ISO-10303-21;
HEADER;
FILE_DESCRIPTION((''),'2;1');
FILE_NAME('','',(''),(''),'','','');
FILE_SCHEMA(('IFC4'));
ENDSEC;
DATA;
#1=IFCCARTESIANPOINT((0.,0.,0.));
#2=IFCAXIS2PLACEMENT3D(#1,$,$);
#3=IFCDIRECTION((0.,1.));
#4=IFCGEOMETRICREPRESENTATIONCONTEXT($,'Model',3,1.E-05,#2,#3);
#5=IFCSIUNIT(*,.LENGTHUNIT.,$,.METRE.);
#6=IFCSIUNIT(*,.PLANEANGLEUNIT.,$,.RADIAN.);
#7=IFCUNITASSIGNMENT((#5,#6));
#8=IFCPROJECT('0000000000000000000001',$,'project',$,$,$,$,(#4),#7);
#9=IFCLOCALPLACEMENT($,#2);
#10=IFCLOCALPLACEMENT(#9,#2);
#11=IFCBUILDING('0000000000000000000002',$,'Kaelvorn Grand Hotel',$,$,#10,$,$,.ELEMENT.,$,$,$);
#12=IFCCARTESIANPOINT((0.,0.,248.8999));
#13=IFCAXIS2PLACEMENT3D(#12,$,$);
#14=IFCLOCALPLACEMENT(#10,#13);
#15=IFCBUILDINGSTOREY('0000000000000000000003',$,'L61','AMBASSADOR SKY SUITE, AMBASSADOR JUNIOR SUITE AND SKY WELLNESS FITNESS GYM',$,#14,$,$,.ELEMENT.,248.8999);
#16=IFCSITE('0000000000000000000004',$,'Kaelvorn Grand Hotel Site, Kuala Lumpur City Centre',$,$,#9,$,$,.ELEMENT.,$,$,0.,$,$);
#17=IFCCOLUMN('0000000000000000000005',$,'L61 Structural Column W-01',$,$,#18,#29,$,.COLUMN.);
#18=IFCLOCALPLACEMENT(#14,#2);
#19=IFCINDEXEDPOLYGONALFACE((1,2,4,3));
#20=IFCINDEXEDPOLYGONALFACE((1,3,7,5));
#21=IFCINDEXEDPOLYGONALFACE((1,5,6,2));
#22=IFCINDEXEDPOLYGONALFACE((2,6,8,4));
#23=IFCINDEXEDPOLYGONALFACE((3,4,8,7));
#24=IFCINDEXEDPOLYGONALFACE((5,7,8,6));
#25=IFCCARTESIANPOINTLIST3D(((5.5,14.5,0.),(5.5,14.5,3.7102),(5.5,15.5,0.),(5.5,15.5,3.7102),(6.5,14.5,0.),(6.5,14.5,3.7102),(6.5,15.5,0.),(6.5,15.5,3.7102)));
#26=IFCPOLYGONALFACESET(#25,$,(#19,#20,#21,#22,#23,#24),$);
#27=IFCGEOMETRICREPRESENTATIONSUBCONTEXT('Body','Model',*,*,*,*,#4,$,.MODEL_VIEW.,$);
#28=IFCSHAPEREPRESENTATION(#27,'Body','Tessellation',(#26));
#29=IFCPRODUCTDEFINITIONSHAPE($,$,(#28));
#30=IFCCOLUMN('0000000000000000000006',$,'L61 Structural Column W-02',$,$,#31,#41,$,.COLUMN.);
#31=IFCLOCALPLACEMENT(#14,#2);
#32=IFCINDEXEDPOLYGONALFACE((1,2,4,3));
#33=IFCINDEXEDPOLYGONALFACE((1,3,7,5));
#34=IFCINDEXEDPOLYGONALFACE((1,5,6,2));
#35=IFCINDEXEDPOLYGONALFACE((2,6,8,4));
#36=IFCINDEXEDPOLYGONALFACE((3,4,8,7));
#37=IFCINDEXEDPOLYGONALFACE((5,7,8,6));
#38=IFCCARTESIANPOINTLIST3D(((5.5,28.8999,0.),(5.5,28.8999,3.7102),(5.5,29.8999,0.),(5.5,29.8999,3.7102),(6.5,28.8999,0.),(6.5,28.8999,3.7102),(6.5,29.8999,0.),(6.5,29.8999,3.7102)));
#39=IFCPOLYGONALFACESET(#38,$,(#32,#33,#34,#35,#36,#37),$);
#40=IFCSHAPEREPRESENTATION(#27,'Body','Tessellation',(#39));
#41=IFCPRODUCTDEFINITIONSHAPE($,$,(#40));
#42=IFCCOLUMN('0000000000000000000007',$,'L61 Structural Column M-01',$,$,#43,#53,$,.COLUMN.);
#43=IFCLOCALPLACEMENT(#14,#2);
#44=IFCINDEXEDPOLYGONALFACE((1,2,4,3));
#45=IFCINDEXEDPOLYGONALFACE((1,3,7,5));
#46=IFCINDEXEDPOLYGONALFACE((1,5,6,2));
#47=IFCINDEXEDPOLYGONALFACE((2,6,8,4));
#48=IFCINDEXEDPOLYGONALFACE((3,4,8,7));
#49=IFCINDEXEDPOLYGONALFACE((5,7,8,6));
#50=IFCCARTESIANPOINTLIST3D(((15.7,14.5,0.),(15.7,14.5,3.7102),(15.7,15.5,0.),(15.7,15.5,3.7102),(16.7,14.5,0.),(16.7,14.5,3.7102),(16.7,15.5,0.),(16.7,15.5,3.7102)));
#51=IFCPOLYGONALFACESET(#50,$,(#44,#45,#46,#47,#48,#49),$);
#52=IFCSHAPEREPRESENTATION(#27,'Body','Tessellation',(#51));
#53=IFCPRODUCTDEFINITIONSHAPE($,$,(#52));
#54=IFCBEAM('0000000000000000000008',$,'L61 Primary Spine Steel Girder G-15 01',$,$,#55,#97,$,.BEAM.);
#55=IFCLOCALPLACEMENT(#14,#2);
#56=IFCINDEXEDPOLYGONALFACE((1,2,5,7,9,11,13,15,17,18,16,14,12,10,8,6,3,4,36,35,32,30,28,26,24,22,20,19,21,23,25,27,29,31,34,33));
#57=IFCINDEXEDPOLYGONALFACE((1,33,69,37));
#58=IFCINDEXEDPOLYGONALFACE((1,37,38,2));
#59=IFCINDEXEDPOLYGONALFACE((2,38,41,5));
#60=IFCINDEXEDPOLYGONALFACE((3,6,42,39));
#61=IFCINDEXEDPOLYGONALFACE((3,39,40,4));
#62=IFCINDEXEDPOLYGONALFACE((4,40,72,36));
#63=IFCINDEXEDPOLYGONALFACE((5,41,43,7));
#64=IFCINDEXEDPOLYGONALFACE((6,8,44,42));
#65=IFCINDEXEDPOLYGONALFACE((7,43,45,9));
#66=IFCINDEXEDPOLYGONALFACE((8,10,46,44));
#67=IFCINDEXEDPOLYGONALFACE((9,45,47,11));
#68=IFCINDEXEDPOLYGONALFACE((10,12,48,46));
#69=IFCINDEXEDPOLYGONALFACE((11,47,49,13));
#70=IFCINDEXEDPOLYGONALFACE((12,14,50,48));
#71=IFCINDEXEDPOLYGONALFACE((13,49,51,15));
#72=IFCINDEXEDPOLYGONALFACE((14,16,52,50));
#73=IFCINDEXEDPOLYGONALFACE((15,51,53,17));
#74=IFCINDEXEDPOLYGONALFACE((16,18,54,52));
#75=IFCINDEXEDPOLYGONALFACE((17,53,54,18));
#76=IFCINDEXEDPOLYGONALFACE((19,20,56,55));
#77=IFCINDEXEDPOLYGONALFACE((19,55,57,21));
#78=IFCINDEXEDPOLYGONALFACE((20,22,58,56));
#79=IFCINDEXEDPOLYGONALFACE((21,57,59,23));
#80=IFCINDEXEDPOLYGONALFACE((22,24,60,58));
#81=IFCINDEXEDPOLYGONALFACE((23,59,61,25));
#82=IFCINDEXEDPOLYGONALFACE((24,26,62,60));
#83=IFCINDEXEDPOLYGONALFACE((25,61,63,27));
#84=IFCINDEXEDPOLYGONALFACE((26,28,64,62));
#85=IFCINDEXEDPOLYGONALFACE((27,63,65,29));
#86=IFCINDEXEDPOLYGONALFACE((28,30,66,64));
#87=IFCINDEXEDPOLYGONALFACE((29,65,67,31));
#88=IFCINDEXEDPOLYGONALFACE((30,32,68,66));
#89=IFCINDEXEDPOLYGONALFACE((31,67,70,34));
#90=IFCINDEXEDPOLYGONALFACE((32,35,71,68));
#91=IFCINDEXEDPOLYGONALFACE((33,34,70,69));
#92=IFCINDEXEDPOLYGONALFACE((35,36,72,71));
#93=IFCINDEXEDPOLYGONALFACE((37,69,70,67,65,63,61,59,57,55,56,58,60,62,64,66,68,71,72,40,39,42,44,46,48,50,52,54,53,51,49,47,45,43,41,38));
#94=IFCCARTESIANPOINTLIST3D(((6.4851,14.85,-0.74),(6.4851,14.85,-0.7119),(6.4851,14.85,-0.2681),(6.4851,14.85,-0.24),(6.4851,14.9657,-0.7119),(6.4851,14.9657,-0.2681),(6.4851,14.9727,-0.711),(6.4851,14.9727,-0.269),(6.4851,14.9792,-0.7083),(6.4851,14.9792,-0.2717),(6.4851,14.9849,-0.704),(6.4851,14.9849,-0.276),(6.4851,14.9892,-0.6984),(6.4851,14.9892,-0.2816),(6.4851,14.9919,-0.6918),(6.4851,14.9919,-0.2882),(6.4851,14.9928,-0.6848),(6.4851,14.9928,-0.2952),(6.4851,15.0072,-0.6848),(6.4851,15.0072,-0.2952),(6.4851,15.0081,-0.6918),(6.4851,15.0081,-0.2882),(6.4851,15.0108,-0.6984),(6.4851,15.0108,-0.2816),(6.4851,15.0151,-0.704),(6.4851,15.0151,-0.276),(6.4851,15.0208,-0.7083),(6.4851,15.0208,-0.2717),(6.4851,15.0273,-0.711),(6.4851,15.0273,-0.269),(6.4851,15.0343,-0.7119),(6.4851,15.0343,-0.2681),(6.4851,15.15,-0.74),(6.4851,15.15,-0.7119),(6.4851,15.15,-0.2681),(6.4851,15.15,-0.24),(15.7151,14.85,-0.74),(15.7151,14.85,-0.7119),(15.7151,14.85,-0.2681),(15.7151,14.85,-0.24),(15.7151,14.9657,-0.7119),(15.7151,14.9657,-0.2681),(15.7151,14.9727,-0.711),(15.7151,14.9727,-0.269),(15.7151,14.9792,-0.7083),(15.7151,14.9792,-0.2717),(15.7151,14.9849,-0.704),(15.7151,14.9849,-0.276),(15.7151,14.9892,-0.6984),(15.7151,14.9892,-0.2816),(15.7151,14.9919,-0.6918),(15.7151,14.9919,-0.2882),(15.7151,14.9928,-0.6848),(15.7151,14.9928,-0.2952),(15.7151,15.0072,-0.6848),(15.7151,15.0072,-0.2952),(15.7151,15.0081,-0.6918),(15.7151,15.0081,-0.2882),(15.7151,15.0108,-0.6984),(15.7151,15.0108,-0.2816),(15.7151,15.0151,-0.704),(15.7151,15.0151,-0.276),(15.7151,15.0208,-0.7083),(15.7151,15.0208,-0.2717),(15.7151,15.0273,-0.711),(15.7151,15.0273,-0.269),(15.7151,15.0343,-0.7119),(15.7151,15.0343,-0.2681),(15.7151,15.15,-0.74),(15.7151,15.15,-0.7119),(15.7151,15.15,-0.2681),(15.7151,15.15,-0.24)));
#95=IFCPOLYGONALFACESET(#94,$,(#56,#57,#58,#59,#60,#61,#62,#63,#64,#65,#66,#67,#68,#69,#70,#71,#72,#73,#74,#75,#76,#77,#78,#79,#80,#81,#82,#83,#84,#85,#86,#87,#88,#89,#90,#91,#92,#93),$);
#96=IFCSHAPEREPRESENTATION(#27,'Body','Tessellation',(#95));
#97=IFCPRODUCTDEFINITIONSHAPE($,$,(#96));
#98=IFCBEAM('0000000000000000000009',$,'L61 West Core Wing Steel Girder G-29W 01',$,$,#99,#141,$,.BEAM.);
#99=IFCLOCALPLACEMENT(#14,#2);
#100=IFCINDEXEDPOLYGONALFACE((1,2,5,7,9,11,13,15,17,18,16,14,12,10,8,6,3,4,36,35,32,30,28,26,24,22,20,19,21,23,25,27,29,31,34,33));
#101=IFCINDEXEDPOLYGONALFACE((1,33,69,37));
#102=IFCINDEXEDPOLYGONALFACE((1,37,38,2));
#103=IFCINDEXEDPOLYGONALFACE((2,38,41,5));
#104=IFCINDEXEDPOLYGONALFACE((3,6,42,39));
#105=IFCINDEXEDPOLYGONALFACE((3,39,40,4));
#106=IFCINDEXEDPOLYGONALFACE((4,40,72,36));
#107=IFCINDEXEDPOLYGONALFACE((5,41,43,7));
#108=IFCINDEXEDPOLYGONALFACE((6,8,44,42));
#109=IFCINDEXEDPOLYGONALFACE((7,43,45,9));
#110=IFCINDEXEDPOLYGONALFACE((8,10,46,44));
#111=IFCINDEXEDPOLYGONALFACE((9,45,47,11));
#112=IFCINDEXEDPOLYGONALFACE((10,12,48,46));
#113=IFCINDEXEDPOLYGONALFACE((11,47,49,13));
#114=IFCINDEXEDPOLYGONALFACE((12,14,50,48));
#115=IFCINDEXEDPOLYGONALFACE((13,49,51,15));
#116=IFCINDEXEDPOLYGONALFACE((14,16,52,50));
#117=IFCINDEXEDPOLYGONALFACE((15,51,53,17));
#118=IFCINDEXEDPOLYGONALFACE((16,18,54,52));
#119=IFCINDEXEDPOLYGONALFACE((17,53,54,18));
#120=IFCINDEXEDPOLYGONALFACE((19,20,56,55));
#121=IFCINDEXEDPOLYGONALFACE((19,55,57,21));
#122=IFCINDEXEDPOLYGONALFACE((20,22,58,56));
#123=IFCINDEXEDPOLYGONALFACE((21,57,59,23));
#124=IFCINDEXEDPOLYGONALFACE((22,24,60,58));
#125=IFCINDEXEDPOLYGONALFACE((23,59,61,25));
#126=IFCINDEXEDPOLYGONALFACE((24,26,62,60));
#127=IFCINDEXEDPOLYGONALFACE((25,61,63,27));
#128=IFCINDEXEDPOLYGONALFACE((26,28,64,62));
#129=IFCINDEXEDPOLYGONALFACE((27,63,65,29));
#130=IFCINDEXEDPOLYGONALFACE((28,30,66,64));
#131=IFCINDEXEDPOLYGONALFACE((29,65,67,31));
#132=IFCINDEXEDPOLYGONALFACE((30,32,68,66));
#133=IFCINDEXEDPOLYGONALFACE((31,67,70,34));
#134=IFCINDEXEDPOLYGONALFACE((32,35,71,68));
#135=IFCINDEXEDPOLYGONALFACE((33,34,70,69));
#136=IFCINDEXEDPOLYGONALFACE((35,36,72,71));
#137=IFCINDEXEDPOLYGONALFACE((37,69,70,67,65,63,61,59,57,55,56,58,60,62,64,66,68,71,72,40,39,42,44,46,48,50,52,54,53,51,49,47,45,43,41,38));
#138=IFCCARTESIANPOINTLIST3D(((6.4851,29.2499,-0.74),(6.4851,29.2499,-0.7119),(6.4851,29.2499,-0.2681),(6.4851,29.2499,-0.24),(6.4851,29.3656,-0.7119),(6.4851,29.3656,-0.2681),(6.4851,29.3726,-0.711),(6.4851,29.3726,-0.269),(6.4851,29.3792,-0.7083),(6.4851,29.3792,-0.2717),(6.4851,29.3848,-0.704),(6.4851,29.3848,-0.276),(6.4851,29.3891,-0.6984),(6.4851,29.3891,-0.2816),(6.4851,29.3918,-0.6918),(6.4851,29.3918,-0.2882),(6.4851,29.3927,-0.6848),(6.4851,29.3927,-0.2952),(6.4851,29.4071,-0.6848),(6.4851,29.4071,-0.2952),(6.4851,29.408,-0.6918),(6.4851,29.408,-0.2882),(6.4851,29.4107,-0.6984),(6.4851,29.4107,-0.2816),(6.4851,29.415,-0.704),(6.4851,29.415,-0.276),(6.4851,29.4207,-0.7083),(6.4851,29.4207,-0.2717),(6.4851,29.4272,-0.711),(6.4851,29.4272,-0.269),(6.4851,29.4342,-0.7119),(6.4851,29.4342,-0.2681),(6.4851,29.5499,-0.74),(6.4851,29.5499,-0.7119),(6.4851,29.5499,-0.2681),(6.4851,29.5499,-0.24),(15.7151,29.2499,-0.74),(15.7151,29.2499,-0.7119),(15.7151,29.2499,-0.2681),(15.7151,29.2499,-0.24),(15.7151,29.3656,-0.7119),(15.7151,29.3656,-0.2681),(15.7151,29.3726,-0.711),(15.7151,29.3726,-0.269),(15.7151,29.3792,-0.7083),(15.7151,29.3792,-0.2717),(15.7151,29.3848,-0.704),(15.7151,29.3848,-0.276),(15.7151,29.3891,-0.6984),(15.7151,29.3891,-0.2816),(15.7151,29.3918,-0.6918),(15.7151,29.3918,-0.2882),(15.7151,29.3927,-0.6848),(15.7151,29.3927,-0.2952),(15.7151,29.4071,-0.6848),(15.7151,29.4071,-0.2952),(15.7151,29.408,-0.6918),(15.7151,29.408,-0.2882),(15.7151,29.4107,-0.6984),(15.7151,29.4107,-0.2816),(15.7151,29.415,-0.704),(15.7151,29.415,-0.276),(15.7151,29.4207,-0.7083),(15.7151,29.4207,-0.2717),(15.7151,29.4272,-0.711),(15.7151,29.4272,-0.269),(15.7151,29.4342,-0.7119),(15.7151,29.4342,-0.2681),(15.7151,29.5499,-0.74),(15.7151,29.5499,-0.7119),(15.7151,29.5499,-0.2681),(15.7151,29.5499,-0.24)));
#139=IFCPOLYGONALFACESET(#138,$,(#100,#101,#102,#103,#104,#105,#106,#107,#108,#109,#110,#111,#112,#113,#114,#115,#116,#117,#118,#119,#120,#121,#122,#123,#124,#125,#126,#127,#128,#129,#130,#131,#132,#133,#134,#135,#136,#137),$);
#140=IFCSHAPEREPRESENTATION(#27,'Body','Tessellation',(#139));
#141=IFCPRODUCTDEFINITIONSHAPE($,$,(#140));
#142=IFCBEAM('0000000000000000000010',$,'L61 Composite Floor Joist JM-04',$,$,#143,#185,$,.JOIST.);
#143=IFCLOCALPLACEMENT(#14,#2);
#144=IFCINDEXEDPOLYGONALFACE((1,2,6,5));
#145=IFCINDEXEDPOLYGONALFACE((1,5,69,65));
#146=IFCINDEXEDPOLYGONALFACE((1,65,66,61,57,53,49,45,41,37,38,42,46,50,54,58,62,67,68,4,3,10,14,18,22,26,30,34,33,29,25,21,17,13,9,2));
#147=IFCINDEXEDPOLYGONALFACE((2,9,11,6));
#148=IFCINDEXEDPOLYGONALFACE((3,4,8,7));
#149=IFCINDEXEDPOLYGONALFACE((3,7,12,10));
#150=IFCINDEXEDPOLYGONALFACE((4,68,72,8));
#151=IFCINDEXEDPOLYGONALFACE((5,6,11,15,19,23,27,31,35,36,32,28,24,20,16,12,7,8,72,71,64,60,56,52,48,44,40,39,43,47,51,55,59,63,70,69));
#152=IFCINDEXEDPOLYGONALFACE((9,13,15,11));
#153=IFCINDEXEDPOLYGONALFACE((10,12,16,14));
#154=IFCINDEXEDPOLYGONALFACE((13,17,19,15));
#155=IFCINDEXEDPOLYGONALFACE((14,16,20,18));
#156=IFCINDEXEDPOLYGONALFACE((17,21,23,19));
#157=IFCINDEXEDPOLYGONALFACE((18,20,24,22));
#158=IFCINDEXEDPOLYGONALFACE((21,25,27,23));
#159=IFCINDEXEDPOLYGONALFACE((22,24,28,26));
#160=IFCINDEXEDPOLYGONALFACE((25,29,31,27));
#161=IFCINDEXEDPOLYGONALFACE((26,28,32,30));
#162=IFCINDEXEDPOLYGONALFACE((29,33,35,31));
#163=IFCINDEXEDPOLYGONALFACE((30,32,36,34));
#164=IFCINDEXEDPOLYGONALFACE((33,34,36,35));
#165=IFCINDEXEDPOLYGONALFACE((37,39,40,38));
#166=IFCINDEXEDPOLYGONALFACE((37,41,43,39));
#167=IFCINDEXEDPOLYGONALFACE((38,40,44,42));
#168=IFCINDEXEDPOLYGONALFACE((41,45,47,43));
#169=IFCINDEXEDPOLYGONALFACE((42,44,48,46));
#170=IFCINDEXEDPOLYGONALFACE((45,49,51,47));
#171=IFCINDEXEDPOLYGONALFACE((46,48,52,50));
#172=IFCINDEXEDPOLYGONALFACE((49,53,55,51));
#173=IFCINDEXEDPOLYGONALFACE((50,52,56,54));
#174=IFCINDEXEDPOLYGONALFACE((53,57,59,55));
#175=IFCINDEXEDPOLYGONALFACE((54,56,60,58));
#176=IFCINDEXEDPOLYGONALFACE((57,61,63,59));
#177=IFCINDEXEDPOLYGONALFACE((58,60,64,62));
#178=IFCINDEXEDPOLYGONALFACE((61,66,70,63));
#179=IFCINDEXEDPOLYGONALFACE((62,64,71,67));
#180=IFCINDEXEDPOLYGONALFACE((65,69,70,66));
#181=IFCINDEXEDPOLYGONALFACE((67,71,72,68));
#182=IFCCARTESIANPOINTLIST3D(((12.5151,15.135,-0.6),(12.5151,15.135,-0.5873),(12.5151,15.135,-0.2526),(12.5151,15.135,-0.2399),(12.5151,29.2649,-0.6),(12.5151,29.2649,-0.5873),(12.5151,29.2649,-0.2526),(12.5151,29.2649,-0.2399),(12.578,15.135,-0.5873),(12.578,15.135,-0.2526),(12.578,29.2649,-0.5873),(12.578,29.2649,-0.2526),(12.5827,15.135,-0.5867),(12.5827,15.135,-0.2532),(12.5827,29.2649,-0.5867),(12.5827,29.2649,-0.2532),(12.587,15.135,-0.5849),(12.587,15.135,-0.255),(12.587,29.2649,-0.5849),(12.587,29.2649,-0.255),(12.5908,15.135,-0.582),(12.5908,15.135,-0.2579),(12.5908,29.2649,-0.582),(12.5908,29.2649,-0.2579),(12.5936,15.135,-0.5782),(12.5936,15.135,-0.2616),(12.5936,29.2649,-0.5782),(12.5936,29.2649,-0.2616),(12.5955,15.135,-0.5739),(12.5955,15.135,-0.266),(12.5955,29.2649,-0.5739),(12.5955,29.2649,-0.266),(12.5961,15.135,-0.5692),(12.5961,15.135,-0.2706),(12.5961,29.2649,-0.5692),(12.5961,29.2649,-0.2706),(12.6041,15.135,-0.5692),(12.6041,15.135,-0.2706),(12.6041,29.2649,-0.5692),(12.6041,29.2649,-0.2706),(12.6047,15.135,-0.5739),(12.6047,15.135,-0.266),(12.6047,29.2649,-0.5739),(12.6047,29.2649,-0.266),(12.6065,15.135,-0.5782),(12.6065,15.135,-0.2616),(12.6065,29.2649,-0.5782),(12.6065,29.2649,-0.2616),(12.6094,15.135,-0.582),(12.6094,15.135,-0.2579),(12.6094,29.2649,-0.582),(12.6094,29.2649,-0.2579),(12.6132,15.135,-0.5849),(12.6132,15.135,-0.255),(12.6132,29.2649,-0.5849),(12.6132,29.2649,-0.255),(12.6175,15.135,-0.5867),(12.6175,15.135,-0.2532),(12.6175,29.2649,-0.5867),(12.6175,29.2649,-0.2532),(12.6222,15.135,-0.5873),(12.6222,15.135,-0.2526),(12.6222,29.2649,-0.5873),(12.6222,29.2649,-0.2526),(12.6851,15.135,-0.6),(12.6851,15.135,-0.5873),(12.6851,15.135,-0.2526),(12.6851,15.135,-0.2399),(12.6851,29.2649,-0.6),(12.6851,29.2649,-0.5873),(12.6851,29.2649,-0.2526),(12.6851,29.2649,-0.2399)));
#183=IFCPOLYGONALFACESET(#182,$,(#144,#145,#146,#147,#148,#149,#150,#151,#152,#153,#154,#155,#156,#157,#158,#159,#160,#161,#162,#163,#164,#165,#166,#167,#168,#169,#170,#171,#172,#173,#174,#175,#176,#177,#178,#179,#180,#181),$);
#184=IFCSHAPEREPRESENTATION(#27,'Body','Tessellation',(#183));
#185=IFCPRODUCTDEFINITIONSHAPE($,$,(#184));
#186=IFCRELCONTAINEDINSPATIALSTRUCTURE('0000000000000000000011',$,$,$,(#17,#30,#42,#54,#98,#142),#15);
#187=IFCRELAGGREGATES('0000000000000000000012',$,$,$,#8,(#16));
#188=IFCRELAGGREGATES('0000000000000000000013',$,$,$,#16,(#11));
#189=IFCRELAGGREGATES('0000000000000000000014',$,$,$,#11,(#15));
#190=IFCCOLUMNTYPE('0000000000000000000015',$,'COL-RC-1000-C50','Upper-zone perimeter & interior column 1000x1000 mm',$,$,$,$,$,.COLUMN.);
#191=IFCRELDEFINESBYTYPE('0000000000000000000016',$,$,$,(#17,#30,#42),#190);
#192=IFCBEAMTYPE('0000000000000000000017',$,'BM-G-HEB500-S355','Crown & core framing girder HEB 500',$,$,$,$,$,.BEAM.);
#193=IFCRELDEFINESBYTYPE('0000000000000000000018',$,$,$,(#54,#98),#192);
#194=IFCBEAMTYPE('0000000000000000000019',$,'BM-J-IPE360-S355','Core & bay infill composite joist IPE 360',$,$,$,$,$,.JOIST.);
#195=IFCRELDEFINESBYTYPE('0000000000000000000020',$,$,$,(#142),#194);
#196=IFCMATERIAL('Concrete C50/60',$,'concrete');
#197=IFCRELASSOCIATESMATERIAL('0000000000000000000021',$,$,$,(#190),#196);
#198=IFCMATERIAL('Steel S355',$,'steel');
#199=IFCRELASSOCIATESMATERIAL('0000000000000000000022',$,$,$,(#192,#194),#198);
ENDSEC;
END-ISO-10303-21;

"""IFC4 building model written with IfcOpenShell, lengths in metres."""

from ifc_helpers import new_model, si_unit, direction, frame, origin, origin_2d, place, context, subcontext, project, spatial, rectangle, i_section, extrude, material, material_profile, profile_set, type_object, element, save


model = new_model("IFC4")

# Units and contexts
model_context = context("Model", 3, precision=1e-05, world=origin(), true_north=direction((0.0, 1.0)))
body_context = subcontext(model_context, "Body", "Model", "MODEL_VIEW")
ifc_project = project(units=[si_unit("LENGTHUNIT", "METRE"), si_unit("PLANEANGLEUNIT", "RADIAN")], contexts=[model_context])

# Site, building, storey
site_placement = place(None, origin())
site = spatial("IfcSite", under=ifc_project, at=site_placement, Name="Kaelvorn Grand Hotel Site, Kuala Lumpur City Centre", CompositionType="ELEMENT", RefElevation=0.0)
building_placement = place(site_placement, origin())
building = spatial("IfcBuilding", under=site, at=building_placement, Name="Kaelvorn Grand Hotel", CompositionType="ELEMENT")
storey_placement = place(building_placement, frame((0.0, 0.0, 248.8999)))
storey = spatial("IfcBuildingStorey", under=building, at=storey_placement, Name="L61", Description="AMBASSADOR SKY SUITE, AMBASSADOR JUNIOR SUITE AND SKY WELLNESS FITNESS GYM", CompositionType="ELEMENT", Elevation=248.8999)

# Columns
ifc_material_1 = material(Name="Concrete C50/60", Category="concrete")
ifc_material_profile_1 = material_profile(ifc_material_1, rectangle(XDim=1.0, YDim=1.0, at=origin_2d()), Name="RC COL 1000x1000")
ifc_profile_set_1 = profile_set([ifc_material_profile_1], Name="Concrete C50/60")
column_type = type_object("IfcColumnType", Name="COL-RC-1000-C50", Description="Upper-zone perimeter & interior column 1000x1000 mm", PredefinedType="COLUMN", material=ifc_profile_set_1)
for number, where, z_axis, x_axis, name in (
    (1, (6.0, 15.0, 0.0), (0.0, 0.0, 1.0), (1.0, 0.0, 0.0), "L61 Structural Column W-01"),
    (2, (6.0, 29.3999, 0.0), (0.0, 0.0, 1.0), (1.0, 0.0, 0.0), "L61 Structural Column W-02"),
    (3, (16.2, 15.0, 0.0), (0.0, 0.0, 1.0), (1.0, 0.0, 0.0), "L61 Structural Column M-01"),
):
    element("IfcColumn", number, at=place(storey_placement, frame(where, z_axis=z_axis, x_axis=x_axis)), inside=storey, type_object=column_type, Name=name, PredefinedType="COLUMN", context=body_context, shape_type="SweptSolid", body=[
        extrude(rectangle(XDim=1.0, YDim=1.0, at=origin_2d()), origin(), (0.0, 0.0, 1.0), 3.7102),
    ])

# Beams
ifc_material_2 = material(Name="Steel S355", Category="steel")
ifc_material_profile_2 = material_profile(ifc_material_2, i_section(OverallWidth=0.3, OverallDepth=0.5, WebThickness=0.0144, FlangeThickness=0.0281, FilletRadius=0.0271, at=origin_2d()), Name="HEB 500")
ifc_profile_set_2 = profile_set([ifc_material_profile_2], Name="Steel S355")
beam_type_1 = type_object("IfcBeamType", Name="BM-G-HEB500-S355", Description="Crown & core framing girder HEB 500", PredefinedType="BEAM", material=ifc_profile_set_2)
for number, where, z_axis, x_axis, name in (
    (4, (6.4851, 15.0, -0.49), (1.0, 0.0, 0.0), (0.0, 1.0, 0.0), "L61 Primary Spine Steel Girder G-15 01"),
    (5, (6.4851, 29.3999, -0.49), (1.0, 0.0, 0.0), (0.0, 1.0, 0.0), "L61 West Core Wing Steel Girder G-29W 01"),
):
    element("IfcBeam", number, at=place(storey_placement, frame(where, z_axis=z_axis, x_axis=x_axis)), inside=storey, type_object=beam_type_1, Name=name, PredefinedType="BEAM", context=body_context, shape_type="SweptSolid", body=[
        extrude(i_section(OverallWidth=0.3, OverallDepth=0.5, WebThickness=0.0144, FlangeThickness=0.0281, FilletRadius=0.0271, at=origin_2d()), origin(), (0.0, 0.0, 1.0), 9.23),
    ])
ifc_material_profile_3 = material_profile(ifc_material_2, i_section(OverallWidth=0.1699, OverallDepth=0.3601, WebThickness=0.0081, FlangeThickness=0.0127, FilletRadius=0.0181, at=origin_2d()), Name="IPE 360")
ifc_profile_set_3 = profile_set([ifc_material_profile_3], Name="Steel S355")
beam_type_2 = type_object("IfcBeamType", Name="BM-J-IPE360-S355", Description="Core & bay infill composite joist IPE 360", PredefinedType="JOIST", material=ifc_profile_set_3)
beam_1_placement = place(storey_placement, frame((12.6001, 15.135, -0.4199), z_axis=(0.0, 1.0, 0.0), x_axis=(-1.0, 0.0, 0.0)))
element("IfcBeam", 6, at=beam_1_placement, inside=storey, type_object=beam_type_2, Name="L61 Composite Floor Joist JM-04", PredefinedType="JOIST", context=body_context, shape_type="SweptSolid", body=[
    extrude(i_section(OverallWidth=0.1699, OverallDepth=0.3601, WebThickness=0.0081, FlangeThickness=0.0127, FilletRadius=0.0181, at=origin_2d()), origin(), (0.0, 0.0, 1.0), 14.1299),
])

save(model, "model.ifc")
